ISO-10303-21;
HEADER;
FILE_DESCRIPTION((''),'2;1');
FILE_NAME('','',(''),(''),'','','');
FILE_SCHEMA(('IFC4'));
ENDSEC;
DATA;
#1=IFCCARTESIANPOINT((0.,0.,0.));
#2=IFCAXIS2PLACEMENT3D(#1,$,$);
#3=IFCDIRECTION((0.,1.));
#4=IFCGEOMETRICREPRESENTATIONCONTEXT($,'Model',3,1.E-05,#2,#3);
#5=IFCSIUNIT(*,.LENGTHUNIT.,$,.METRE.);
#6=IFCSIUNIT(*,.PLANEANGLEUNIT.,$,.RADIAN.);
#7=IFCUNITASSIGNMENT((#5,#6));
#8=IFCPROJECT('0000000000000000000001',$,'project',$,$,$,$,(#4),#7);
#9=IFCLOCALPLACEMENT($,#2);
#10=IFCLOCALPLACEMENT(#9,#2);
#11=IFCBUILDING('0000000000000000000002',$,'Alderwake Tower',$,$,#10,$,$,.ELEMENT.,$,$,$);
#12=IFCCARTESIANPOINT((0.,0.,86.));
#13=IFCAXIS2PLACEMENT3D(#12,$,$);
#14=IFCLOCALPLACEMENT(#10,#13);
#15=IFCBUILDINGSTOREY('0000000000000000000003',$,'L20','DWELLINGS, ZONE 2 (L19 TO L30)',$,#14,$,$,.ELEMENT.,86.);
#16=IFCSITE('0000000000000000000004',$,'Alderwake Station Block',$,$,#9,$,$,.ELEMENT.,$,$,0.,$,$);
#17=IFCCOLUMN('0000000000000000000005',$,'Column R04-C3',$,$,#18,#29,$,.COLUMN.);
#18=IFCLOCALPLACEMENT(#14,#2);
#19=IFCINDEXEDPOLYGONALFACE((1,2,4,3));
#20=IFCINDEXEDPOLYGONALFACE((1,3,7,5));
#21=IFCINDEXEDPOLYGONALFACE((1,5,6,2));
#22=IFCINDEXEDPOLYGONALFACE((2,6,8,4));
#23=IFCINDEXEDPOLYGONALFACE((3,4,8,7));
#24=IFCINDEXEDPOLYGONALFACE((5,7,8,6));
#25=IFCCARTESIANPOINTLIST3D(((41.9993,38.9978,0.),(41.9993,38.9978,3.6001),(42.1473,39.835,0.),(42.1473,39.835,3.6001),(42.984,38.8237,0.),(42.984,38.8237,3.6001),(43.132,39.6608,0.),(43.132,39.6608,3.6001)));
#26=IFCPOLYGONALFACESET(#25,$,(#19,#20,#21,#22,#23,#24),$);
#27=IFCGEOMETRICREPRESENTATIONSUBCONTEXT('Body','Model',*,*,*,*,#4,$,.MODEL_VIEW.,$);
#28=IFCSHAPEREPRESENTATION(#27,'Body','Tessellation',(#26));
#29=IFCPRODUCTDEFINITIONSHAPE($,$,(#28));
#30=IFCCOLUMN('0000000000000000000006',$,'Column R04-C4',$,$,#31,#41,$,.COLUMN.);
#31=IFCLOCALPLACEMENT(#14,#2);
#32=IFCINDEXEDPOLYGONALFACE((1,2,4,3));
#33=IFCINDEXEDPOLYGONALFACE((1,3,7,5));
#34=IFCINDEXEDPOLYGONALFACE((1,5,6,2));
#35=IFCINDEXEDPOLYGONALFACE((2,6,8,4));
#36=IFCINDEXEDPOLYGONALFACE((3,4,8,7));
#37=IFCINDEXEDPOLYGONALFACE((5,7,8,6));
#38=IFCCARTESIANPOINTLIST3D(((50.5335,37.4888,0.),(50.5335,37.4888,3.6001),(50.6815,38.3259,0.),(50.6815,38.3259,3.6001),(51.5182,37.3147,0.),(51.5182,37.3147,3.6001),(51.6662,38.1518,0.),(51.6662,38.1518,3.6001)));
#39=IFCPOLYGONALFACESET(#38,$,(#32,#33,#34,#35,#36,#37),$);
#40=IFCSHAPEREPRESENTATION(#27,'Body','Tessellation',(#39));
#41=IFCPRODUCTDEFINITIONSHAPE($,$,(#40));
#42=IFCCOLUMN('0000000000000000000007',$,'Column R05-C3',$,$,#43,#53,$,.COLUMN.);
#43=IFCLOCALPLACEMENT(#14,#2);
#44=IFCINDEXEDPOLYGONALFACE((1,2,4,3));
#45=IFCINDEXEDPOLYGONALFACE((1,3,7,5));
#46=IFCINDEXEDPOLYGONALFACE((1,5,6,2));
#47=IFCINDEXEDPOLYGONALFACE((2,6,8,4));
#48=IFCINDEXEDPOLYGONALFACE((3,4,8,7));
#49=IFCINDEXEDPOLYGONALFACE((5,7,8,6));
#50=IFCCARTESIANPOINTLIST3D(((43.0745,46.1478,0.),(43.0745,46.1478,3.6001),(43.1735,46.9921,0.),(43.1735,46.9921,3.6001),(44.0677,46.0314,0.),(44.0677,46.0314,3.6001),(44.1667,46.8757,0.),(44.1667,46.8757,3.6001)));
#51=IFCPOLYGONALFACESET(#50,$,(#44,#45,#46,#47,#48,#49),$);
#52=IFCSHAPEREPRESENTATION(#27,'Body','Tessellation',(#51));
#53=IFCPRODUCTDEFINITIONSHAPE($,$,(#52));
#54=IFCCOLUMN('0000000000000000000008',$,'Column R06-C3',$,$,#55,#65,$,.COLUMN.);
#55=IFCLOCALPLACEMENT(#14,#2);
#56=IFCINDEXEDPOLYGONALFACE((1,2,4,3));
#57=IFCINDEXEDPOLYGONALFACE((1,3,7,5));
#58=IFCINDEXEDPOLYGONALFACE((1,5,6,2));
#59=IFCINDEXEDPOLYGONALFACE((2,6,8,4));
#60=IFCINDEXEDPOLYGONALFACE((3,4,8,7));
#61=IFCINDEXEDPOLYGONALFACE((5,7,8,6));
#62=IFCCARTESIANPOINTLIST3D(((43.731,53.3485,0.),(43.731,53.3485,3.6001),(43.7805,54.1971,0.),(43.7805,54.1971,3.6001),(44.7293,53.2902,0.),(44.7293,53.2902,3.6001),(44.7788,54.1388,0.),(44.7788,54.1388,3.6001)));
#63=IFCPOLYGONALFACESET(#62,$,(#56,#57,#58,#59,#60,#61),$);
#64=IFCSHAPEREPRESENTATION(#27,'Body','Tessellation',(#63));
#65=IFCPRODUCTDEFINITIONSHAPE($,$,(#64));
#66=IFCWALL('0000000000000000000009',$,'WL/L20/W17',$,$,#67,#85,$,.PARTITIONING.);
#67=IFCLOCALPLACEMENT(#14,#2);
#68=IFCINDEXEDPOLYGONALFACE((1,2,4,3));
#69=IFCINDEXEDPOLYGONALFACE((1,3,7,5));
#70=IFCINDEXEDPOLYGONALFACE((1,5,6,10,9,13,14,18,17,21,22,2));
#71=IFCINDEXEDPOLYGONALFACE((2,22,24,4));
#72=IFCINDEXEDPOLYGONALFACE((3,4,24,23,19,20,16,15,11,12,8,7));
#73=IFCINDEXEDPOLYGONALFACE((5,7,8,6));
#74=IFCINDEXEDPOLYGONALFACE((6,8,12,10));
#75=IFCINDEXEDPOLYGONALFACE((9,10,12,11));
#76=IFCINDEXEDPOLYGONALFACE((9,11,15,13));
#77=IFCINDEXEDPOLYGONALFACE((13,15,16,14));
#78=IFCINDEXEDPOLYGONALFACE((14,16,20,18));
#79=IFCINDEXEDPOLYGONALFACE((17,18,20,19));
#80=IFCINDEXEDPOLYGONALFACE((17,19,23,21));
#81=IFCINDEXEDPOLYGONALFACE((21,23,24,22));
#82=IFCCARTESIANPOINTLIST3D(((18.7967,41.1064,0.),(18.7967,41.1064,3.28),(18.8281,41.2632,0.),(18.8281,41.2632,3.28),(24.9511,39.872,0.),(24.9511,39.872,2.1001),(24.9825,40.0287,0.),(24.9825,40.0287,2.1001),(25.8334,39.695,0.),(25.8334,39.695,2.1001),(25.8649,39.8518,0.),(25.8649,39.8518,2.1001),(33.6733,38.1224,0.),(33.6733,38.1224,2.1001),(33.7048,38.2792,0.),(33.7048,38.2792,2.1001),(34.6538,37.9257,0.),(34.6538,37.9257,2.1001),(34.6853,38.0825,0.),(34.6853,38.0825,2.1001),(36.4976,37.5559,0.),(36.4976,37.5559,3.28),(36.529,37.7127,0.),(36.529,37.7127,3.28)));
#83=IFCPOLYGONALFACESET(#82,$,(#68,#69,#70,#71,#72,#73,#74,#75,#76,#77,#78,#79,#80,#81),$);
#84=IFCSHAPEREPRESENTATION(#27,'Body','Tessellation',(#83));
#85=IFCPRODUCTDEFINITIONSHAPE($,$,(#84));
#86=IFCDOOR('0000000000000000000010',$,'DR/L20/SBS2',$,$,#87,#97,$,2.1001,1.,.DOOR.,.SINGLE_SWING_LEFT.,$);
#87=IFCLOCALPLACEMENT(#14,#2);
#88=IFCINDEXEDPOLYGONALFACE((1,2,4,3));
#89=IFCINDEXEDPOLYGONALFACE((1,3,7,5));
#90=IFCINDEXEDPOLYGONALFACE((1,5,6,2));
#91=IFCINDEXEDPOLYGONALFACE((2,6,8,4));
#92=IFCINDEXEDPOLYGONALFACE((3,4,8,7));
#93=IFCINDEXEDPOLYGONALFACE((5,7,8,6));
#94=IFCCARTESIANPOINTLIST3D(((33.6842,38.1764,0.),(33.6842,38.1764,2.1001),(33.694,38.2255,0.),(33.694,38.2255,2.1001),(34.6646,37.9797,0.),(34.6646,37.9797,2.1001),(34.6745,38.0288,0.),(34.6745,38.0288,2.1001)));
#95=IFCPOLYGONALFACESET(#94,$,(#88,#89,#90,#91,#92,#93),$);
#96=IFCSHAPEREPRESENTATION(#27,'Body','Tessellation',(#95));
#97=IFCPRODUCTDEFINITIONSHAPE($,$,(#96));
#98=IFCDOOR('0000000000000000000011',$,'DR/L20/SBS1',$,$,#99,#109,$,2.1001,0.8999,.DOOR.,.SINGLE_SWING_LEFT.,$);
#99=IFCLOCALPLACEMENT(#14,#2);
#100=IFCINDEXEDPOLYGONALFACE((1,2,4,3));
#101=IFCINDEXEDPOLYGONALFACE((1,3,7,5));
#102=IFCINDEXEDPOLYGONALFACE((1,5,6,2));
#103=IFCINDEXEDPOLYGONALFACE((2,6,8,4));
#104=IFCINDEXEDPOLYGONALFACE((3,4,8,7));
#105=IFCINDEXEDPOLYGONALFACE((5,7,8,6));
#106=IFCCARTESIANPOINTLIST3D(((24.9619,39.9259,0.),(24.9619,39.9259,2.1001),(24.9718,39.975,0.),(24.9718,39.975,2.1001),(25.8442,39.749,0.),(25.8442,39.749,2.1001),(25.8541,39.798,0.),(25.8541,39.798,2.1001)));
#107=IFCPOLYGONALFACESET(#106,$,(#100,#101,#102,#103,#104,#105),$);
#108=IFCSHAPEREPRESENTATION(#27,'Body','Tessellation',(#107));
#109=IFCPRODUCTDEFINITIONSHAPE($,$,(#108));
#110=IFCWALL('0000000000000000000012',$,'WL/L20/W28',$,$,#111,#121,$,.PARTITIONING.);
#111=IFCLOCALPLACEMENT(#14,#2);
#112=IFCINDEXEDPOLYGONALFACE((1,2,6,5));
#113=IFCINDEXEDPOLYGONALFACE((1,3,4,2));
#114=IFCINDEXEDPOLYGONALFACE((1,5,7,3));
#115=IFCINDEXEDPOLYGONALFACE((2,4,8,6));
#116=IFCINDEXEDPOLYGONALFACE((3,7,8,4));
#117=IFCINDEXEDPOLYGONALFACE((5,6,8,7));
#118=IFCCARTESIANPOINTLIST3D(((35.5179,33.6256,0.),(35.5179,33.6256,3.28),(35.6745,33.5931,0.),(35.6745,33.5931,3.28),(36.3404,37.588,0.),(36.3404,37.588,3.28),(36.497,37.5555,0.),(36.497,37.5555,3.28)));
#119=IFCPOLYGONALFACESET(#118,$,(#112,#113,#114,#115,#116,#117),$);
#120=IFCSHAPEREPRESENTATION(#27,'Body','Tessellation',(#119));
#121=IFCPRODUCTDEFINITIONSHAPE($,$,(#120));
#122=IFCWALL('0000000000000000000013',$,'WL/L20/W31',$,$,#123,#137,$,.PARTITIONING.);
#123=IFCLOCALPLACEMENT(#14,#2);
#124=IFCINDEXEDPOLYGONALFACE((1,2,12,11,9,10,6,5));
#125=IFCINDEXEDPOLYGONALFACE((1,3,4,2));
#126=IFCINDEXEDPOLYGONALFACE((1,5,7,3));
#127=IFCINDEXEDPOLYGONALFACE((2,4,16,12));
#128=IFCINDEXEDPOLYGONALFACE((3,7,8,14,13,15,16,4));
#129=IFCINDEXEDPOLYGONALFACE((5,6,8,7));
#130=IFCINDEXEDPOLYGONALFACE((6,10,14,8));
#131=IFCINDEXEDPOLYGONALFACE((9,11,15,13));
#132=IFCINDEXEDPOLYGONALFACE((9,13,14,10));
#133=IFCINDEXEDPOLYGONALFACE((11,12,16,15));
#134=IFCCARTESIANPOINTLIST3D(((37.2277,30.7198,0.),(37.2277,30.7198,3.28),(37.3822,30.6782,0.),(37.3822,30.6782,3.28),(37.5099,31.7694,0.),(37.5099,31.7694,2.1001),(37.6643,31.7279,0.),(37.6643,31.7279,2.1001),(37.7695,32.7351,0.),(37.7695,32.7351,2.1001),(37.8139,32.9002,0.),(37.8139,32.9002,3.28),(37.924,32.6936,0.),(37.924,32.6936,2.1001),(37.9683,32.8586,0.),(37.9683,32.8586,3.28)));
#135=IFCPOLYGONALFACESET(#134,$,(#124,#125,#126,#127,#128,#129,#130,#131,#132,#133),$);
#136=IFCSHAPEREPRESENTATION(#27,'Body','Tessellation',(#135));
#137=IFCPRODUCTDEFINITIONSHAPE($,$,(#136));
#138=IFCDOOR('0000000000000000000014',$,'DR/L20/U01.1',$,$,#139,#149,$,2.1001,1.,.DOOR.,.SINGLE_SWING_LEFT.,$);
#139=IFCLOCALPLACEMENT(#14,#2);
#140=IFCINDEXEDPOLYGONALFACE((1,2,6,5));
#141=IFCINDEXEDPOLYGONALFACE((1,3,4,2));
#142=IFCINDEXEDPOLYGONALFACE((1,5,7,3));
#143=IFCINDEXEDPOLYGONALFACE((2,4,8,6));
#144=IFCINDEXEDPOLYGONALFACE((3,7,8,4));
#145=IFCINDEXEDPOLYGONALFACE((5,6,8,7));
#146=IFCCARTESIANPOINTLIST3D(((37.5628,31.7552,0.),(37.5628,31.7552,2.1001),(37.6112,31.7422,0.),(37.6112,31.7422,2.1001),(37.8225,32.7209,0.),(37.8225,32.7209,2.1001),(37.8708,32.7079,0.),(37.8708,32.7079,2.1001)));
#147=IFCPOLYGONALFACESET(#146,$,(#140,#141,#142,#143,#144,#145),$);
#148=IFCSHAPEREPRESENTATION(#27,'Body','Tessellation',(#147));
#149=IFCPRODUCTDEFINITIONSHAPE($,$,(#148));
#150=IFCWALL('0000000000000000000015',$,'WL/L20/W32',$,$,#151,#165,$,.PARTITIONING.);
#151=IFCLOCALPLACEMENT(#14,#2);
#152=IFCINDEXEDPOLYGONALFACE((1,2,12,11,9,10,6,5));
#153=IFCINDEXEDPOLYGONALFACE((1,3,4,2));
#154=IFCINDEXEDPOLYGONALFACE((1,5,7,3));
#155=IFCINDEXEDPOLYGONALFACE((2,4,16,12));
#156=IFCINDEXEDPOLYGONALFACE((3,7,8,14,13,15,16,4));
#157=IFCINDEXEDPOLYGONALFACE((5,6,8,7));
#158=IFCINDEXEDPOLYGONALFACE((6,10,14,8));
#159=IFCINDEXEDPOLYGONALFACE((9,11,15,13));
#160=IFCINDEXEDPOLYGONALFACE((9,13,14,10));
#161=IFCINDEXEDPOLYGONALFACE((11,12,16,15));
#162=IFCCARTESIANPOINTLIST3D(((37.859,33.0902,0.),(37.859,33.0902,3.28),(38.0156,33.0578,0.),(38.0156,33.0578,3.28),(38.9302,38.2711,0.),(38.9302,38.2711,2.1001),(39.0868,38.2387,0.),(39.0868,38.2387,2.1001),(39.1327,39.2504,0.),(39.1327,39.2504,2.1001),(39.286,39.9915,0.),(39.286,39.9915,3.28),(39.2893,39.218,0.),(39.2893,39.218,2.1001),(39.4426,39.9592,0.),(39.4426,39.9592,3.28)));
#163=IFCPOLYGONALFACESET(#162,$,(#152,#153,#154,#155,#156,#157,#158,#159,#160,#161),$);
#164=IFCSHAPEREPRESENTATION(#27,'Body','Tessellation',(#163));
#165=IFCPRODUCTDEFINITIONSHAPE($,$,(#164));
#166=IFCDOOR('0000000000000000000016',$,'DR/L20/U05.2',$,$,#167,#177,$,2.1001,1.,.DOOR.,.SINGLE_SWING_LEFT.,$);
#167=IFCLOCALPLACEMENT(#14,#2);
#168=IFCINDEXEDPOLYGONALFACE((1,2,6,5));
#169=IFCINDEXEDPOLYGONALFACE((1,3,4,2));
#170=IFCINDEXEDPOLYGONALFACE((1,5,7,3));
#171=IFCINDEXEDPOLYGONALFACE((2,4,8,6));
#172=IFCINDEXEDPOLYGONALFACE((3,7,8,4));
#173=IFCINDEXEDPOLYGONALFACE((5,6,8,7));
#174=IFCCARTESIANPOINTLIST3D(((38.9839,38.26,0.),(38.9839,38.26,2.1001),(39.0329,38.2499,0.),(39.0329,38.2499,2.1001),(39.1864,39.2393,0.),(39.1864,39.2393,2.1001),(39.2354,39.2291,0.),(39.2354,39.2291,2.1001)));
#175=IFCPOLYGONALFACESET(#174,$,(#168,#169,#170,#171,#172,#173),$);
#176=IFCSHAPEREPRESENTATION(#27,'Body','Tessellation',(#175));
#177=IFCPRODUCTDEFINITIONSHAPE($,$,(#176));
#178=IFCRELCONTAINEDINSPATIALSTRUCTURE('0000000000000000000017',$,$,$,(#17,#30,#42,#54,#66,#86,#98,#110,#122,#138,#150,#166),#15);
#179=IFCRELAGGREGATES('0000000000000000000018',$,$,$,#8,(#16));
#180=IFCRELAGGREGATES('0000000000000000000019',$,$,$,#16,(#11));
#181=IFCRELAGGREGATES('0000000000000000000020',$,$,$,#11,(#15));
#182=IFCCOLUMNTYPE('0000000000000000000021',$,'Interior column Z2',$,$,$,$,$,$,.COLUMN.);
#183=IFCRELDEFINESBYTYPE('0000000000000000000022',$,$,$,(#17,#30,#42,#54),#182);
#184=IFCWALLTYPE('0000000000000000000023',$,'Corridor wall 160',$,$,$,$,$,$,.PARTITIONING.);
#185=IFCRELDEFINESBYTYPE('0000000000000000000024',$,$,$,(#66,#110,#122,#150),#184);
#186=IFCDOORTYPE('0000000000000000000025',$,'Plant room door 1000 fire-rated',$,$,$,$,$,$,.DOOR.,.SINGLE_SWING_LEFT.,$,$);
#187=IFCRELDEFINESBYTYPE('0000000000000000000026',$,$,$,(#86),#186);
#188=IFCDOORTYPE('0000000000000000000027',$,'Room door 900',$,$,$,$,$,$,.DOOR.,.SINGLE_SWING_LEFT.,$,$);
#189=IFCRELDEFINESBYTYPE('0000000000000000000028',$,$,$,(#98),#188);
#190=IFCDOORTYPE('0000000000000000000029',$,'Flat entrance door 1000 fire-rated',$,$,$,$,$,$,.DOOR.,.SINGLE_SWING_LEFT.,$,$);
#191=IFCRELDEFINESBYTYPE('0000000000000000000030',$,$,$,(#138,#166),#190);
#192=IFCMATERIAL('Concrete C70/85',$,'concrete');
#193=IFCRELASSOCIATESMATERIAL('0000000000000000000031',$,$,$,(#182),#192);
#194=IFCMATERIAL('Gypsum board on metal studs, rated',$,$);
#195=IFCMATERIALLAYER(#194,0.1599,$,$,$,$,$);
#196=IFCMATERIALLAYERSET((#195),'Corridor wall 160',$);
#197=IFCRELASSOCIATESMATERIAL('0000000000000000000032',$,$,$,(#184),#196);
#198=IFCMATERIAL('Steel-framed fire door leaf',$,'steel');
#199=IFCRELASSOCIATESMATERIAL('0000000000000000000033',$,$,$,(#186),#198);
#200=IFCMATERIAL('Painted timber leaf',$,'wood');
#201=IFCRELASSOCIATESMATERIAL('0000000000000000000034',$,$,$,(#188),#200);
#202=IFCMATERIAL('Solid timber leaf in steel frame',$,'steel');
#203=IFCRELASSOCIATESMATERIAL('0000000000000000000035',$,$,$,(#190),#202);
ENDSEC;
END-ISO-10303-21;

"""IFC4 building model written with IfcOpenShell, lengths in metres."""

from ifc_helpers import new_model, si_unit, direction, frame, frame_2d, origin, origin_2d, place, context, subcontext, project, spatial, rectangle, extrude, material, layer, layer_set, material_profile, profile_set, type_object, element, fill, save


model = new_model("IFC4")

# Units and contexts
model_context = context("Model", 3, precision=1e-05, world=origin(), true_north=direction((0.0, 1.0)))
body_context = subcontext(model_context, "Body", "Model", "MODEL_VIEW")
ifc_project = project(units=[si_unit("LENGTHUNIT", "METRE"), si_unit("PLANEANGLEUNIT", "RADIAN")], contexts=[model_context])

# Site, building, storey
site_placement = place(None, origin())
site = spatial("IfcSite", under=ifc_project, at=site_placement, Name="Alderwake Station Block", CompositionType="ELEMENT", RefElevation=0.0)
building_placement = place(site_placement, origin())
building = spatial("IfcBuilding", under=site, at=building_placement, Name="Alderwake Tower", CompositionType="ELEMENT")
storey_placement = place(building_placement, frame((0.0, 0.0, 86.0)))
storey = spatial("IfcBuildingStorey", under=building, at=storey_placement, Name="L20", Description="DWELLINGS, ZONE 2 (L19 TO L30)", CompositionType="ELEMENT", Elevation=86.0)

# Columns
ifc_material_1 = material(Name="Concrete C70/85", Category="concrete")
ifc_material_profile = material_profile(ifc_material_1, rectangle(XDim=0.8501, YDim=1.0, at=origin_2d()), Name="RC 1000X850")
ifc_profile_set = profile_set([ifc_material_profile], Name="Concrete C70/85")
column_type = type_object("IfcColumnType", Name="Interior column Z2", PredefinedType="COLUMN", material=ifc_profile_set)
for number, where, z_axis, x_axis, name in (
    (1, (42.5657, 39.3293, 0.0), (0.0, 0.0, 1.0), (0.174109, 0.984726, 0.0), "Column R04-C3"),
    (2, (51.0999, 37.8203, 0.0), (0.0, 0.0, 1.0), (0.174109, 0.984726, 0.0), "Column R04-C4"),
    (3, (43.6206, 46.5117, 0.0), (0.0, 0.0, 1.0), (0.116402, 0.993202, 0.0), "Column R05-C3"),
    (4, (44.2549, 53.7437, 0.0), (0.0, 0.0, 1.0), (0.058299, 0.998299, 0.0), "Column R06-C3"),
):
    element("IfcColumn", number, at=place(storey_placement, frame(where, z_axis=z_axis, x_axis=x_axis)), inside=storey, type_object=column_type, Name=name, PredefinedType="COLUMN", context=body_context, shape_type="SweptSolid", body=[
        extrude(rectangle(XDim=0.8501, YDim=1.0, at=origin_2d()), origin(), (0.0, 0.0, 1.0), 3.6001),
    ])

# Wall, openings, doors
ifc_material_2 = material(Name="Gypsum board on metal studs, rated")
ifc_layer_1 = layer(ifc_material_2, 0.1599)
ifc_layer_set_1 = layer_set([ifc_layer_1], Name="Corridor wall 160")
wall_type_1 = type_object("IfcWallType", Name="Corridor wall 160", PredefinedType="PARTITIONING", material=ifc_layer_set_1)
wall_1_placement = place(storey_placement, frame((36.5134, 37.6343, 0.0), z_axis=(0.0, 0.0, 1.0), x_axis=(-0.98047, 0.196667, 0.0)))
wall_1 = element("IfcWall", 5, at=wall_1_placement, inside=storey, type_object=wall_type_1, Name="WL/L20/W17", PredefinedType="PARTITIONING", context=body_context, shape_type="SweptSolid", body=[
    extrude(rectangle(XDim=18.0535, YDim=0.1599, at=frame_2d((9.0269, 0.0))), origin(), (0.0, 0.0, 1.0), 3.28),
])
opening_1_placement = place(wall_1_placement, frame((10.8767, 0.0, 0.0)))
opening_1 = element("IfcOpeningElement", 6, at=opening_1_placement, cuts=wall_1, PredefinedType="OPENING", context=body_context, shape_type="SweptSolid", body=[
    extrude(rectangle(XDim=0.8999, YDim=2.1001, at=frame_2d((0.45, 1.05))), frame((0.0, 0.0898, 0.0), z_axis=(0.0, -1.0, 0.0), x_axis=(1.0, 0.0, 0.0)), (0.0, 0.0, 1.0), 0.1799),
])
opening_2_placement = place(wall_1_placement, frame((1.8806, 0.0, 0.0)))
opening_2 = element("IfcOpeningElement", 7, at=opening_2_placement, cuts=wall_1, PredefinedType="OPENING", context=body_context, shape_type="SweptSolid", body=[
    extrude(rectangle(XDim=1.0, YDim=2.1001, at=frame_2d((0.5, 1.05))), frame((0.0, 0.0898, 0.0), z_axis=(0.0, -1.0, 0.0), x_axis=(1.0, 0.0, 0.0)), (0.0, 0.0, 1.0), 0.1799),
])
ifc_material_3 = material(Name="Steel-framed fire door leaf", Category="steel")
door_type_1 = type_object("IfcDoorType", Name="Plant room door 1000 fire-rated", OperationType="SINGLE_SWING_LEFT", PredefinedType="DOOR", material=ifc_material_3)
door_1_placement = place(opening_2_placement, origin())
door_1 = element("IfcDoor", 8, at=door_1_placement, inside=storey, type_object=door_type_1, Name="DR/L20/SBS2", OperationType="SINGLE_SWING_LEFT", OverallHeight=2.1001, OverallWidth=1.0, PredefinedType="DOOR", context=body_context, shape_type="SweptSolid", body=[
    extrude(rectangle(XDim=1.0, YDim=2.1001, at=frame_2d((0.5, 1.05))), frame((0.0, 0.0249, 0.0), z_axis=(0.0, -1.0, 0.0), x_axis=(1.0, 0.0, 0.0)), (0.0, 0.0, 1.0), 0.05),
])
fill(opening_2, door_1)
ifc_material_4 = material(Name="Painted timber leaf", Category="wood")
door_type_2 = type_object("IfcDoorType", Name="Room door 900", OperationType="SINGLE_SWING_LEFT", PredefinedType="DOOR", material=ifc_material_4)
door_2_placement = place(opening_1_placement, origin())
door_2 = element("IfcDoor", 9, at=door_2_placement, inside=storey, type_object=door_type_2, Name="DR/L20/SBS1", OperationType="SINGLE_SWING_LEFT", OverallHeight=2.1001, OverallWidth=0.8999, PredefinedType="DOOR", context=body_context, shape_type="SweptSolid", body=[
    extrude(rectangle(XDim=0.8999, YDim=2.1001, at=frame_2d((0.45, 1.05))), frame((0.0, 0.0249, 0.0), z_axis=(0.0, -1.0, 0.0), x_axis=(1.0, 0.0, 0.0)), (0.0, 0.0, 1.0), 0.05),
])
fill(opening_1, door_2)

# Wall
wall_2_placement = place(storey_placement, frame((36.4187, 37.5718, 0.0), z_axis=(0.0, 0.0, 1.0), x_axis=(-0.203246, -0.979128, 0.0)))
element("IfcWall", 10, at=wall_2_placement, inside=storey, type_object=wall_type_1, Name="WL/L20/W28", PredefinedType="PARTITIONING", context=body_context, shape_type="SweptSolid", body=[
    extrude(rectangle(XDim=4.0469, YDim=0.1599, at=frame_2d((2.0234, 0.0))), origin(), (0.0, 0.0, 1.0), 3.28),
])

# Walls, openings, doors
wall_3_placement = place(storey_placement, frame((37.8911, 32.8794, 0.0), z_axis=(0.0, 0.0, 1.0), x_axis=(-0.259621, -0.965711, 0.0)))
wall_3 = element("IfcWall", 11, at=wall_3_placement, inside=storey, type_object=wall_type_1, Name="WL/L20/W31", PredefinedType="PARTITIONING", context=body_context, shape_type="SweptSolid", body=[
    extrude(rectangle(XDim=2.2578, YDim=0.1599, at=frame_2d((1.1289, 0.0))), origin(), (0.0, 0.0, 1.0), 3.28),
])
opening_3_placement = place(wall_3_placement, frame((0.1709, 0.0, 0.0)))
opening_3 = element("IfcOpeningElement", 12, at=opening_3_placement, cuts=wall_3, PredefinedType="OPENING", context=body_context, shape_type="SweptSolid", body=[
    extrude(rectangle(XDim=1.0, YDim=2.1001, at=frame_2d((0.5, 1.05))), frame((0.0, 0.0898, 0.0), z_axis=(0.0, -1.0, 0.0), x_axis=(1.0, 0.0, 0.0)), (0.0, 0.0, 1.0), 0.1799),
])
ifc_material_5 = material(Name="Solid timber leaf in steel frame", Category="steel")
door_type_3 = type_object("IfcDoorType", Name="Flat entrance door 1000 fire-rated", OperationType="SINGLE_SWING_LEFT", PredefinedType="DOOR", material=ifc_material_5)
door_3_placement = place(opening_3_placement, origin())
door_3 = element("IfcDoor", 13, at=door_3_placement, inside=storey, type_object=door_type_3, Name="DR/L20/U01.1", OperationType="SINGLE_SWING_LEFT", OverallHeight=2.1001, OverallWidth=1.0, PredefinedType="DOOR", context=body_context, shape_type="SweptSolid", body=[
    extrude(rectangle(XDim=1.0, YDim=2.1001, at=frame_2d((0.5, 1.05))), frame((0.0, 0.0249, 0.0), z_axis=(0.0, -1.0, 0.0), x_axis=(1.0, 0.0, 0.0)), (0.0, 0.0, 1.0), 0.05),
])
fill(opening_3, door_3)
wall_4_placement = place(storey_placement, frame((39.3643, 39.9753, 0.0), z_axis=(0.0, 0.0, 1.0), x_axis=(-0.202488, -0.979285, 0.0)))
wall_4 = element("IfcWall", 14, at=wall_4_placement, inside=storey, type_object=wall_type_1, Name="WL/L20/W32", PredefinedType="PARTITIONING", context=body_context, shape_type="SweptSolid", body=[
    extrude(rectangle(XDim=7.0474, YDim=0.1599, at=frame_2d((3.5237, 0.0))), origin(), (0.0, 0.0, 1.0), 3.28),
])
opening_4_placement = place(wall_4_placement, frame((0.7568, 0.0, 0.0)))
opening_4 = element("IfcOpeningElement", 15, at=opening_4_placement, cuts=wall_4, PredefinedType="OPENING", context=body_context, shape_type="SweptSolid", body=[
    extrude(rectangle(XDim=1.0, YDim=2.1001, at=frame_2d((0.5, 1.05))), frame((0.0, 0.0898, 0.0), z_axis=(0.0, -1.0, 0.0), x_axis=(1.0, 0.0, 0.0)), (0.0, 0.0, 1.0), 0.1799),
])
door_4_placement = place(opening_4_placement, origin())
door_4 = element("IfcDoor", 16, at=door_4_placement, inside=storey, type_object=door_type_3, Name="DR/L20/U05.2", OperationType="SINGLE_SWING_LEFT", OverallHeight=2.1001, OverallWidth=1.0, PredefinedType="DOOR", context=body_context, shape_type="SweptSolid", body=[
    extrude(rectangle(XDim=1.0, YDim=2.1001, at=frame_2d((0.5, 1.05))), frame((0.0, 0.0249, 0.0), z_axis=(0.0, -1.0, 0.0), x_axis=(1.0, 0.0, 0.0)), (0.0, 0.0, 1.0), 0.05),
])
fill(opening_4, door_4)

save(model, "model.ifc")
